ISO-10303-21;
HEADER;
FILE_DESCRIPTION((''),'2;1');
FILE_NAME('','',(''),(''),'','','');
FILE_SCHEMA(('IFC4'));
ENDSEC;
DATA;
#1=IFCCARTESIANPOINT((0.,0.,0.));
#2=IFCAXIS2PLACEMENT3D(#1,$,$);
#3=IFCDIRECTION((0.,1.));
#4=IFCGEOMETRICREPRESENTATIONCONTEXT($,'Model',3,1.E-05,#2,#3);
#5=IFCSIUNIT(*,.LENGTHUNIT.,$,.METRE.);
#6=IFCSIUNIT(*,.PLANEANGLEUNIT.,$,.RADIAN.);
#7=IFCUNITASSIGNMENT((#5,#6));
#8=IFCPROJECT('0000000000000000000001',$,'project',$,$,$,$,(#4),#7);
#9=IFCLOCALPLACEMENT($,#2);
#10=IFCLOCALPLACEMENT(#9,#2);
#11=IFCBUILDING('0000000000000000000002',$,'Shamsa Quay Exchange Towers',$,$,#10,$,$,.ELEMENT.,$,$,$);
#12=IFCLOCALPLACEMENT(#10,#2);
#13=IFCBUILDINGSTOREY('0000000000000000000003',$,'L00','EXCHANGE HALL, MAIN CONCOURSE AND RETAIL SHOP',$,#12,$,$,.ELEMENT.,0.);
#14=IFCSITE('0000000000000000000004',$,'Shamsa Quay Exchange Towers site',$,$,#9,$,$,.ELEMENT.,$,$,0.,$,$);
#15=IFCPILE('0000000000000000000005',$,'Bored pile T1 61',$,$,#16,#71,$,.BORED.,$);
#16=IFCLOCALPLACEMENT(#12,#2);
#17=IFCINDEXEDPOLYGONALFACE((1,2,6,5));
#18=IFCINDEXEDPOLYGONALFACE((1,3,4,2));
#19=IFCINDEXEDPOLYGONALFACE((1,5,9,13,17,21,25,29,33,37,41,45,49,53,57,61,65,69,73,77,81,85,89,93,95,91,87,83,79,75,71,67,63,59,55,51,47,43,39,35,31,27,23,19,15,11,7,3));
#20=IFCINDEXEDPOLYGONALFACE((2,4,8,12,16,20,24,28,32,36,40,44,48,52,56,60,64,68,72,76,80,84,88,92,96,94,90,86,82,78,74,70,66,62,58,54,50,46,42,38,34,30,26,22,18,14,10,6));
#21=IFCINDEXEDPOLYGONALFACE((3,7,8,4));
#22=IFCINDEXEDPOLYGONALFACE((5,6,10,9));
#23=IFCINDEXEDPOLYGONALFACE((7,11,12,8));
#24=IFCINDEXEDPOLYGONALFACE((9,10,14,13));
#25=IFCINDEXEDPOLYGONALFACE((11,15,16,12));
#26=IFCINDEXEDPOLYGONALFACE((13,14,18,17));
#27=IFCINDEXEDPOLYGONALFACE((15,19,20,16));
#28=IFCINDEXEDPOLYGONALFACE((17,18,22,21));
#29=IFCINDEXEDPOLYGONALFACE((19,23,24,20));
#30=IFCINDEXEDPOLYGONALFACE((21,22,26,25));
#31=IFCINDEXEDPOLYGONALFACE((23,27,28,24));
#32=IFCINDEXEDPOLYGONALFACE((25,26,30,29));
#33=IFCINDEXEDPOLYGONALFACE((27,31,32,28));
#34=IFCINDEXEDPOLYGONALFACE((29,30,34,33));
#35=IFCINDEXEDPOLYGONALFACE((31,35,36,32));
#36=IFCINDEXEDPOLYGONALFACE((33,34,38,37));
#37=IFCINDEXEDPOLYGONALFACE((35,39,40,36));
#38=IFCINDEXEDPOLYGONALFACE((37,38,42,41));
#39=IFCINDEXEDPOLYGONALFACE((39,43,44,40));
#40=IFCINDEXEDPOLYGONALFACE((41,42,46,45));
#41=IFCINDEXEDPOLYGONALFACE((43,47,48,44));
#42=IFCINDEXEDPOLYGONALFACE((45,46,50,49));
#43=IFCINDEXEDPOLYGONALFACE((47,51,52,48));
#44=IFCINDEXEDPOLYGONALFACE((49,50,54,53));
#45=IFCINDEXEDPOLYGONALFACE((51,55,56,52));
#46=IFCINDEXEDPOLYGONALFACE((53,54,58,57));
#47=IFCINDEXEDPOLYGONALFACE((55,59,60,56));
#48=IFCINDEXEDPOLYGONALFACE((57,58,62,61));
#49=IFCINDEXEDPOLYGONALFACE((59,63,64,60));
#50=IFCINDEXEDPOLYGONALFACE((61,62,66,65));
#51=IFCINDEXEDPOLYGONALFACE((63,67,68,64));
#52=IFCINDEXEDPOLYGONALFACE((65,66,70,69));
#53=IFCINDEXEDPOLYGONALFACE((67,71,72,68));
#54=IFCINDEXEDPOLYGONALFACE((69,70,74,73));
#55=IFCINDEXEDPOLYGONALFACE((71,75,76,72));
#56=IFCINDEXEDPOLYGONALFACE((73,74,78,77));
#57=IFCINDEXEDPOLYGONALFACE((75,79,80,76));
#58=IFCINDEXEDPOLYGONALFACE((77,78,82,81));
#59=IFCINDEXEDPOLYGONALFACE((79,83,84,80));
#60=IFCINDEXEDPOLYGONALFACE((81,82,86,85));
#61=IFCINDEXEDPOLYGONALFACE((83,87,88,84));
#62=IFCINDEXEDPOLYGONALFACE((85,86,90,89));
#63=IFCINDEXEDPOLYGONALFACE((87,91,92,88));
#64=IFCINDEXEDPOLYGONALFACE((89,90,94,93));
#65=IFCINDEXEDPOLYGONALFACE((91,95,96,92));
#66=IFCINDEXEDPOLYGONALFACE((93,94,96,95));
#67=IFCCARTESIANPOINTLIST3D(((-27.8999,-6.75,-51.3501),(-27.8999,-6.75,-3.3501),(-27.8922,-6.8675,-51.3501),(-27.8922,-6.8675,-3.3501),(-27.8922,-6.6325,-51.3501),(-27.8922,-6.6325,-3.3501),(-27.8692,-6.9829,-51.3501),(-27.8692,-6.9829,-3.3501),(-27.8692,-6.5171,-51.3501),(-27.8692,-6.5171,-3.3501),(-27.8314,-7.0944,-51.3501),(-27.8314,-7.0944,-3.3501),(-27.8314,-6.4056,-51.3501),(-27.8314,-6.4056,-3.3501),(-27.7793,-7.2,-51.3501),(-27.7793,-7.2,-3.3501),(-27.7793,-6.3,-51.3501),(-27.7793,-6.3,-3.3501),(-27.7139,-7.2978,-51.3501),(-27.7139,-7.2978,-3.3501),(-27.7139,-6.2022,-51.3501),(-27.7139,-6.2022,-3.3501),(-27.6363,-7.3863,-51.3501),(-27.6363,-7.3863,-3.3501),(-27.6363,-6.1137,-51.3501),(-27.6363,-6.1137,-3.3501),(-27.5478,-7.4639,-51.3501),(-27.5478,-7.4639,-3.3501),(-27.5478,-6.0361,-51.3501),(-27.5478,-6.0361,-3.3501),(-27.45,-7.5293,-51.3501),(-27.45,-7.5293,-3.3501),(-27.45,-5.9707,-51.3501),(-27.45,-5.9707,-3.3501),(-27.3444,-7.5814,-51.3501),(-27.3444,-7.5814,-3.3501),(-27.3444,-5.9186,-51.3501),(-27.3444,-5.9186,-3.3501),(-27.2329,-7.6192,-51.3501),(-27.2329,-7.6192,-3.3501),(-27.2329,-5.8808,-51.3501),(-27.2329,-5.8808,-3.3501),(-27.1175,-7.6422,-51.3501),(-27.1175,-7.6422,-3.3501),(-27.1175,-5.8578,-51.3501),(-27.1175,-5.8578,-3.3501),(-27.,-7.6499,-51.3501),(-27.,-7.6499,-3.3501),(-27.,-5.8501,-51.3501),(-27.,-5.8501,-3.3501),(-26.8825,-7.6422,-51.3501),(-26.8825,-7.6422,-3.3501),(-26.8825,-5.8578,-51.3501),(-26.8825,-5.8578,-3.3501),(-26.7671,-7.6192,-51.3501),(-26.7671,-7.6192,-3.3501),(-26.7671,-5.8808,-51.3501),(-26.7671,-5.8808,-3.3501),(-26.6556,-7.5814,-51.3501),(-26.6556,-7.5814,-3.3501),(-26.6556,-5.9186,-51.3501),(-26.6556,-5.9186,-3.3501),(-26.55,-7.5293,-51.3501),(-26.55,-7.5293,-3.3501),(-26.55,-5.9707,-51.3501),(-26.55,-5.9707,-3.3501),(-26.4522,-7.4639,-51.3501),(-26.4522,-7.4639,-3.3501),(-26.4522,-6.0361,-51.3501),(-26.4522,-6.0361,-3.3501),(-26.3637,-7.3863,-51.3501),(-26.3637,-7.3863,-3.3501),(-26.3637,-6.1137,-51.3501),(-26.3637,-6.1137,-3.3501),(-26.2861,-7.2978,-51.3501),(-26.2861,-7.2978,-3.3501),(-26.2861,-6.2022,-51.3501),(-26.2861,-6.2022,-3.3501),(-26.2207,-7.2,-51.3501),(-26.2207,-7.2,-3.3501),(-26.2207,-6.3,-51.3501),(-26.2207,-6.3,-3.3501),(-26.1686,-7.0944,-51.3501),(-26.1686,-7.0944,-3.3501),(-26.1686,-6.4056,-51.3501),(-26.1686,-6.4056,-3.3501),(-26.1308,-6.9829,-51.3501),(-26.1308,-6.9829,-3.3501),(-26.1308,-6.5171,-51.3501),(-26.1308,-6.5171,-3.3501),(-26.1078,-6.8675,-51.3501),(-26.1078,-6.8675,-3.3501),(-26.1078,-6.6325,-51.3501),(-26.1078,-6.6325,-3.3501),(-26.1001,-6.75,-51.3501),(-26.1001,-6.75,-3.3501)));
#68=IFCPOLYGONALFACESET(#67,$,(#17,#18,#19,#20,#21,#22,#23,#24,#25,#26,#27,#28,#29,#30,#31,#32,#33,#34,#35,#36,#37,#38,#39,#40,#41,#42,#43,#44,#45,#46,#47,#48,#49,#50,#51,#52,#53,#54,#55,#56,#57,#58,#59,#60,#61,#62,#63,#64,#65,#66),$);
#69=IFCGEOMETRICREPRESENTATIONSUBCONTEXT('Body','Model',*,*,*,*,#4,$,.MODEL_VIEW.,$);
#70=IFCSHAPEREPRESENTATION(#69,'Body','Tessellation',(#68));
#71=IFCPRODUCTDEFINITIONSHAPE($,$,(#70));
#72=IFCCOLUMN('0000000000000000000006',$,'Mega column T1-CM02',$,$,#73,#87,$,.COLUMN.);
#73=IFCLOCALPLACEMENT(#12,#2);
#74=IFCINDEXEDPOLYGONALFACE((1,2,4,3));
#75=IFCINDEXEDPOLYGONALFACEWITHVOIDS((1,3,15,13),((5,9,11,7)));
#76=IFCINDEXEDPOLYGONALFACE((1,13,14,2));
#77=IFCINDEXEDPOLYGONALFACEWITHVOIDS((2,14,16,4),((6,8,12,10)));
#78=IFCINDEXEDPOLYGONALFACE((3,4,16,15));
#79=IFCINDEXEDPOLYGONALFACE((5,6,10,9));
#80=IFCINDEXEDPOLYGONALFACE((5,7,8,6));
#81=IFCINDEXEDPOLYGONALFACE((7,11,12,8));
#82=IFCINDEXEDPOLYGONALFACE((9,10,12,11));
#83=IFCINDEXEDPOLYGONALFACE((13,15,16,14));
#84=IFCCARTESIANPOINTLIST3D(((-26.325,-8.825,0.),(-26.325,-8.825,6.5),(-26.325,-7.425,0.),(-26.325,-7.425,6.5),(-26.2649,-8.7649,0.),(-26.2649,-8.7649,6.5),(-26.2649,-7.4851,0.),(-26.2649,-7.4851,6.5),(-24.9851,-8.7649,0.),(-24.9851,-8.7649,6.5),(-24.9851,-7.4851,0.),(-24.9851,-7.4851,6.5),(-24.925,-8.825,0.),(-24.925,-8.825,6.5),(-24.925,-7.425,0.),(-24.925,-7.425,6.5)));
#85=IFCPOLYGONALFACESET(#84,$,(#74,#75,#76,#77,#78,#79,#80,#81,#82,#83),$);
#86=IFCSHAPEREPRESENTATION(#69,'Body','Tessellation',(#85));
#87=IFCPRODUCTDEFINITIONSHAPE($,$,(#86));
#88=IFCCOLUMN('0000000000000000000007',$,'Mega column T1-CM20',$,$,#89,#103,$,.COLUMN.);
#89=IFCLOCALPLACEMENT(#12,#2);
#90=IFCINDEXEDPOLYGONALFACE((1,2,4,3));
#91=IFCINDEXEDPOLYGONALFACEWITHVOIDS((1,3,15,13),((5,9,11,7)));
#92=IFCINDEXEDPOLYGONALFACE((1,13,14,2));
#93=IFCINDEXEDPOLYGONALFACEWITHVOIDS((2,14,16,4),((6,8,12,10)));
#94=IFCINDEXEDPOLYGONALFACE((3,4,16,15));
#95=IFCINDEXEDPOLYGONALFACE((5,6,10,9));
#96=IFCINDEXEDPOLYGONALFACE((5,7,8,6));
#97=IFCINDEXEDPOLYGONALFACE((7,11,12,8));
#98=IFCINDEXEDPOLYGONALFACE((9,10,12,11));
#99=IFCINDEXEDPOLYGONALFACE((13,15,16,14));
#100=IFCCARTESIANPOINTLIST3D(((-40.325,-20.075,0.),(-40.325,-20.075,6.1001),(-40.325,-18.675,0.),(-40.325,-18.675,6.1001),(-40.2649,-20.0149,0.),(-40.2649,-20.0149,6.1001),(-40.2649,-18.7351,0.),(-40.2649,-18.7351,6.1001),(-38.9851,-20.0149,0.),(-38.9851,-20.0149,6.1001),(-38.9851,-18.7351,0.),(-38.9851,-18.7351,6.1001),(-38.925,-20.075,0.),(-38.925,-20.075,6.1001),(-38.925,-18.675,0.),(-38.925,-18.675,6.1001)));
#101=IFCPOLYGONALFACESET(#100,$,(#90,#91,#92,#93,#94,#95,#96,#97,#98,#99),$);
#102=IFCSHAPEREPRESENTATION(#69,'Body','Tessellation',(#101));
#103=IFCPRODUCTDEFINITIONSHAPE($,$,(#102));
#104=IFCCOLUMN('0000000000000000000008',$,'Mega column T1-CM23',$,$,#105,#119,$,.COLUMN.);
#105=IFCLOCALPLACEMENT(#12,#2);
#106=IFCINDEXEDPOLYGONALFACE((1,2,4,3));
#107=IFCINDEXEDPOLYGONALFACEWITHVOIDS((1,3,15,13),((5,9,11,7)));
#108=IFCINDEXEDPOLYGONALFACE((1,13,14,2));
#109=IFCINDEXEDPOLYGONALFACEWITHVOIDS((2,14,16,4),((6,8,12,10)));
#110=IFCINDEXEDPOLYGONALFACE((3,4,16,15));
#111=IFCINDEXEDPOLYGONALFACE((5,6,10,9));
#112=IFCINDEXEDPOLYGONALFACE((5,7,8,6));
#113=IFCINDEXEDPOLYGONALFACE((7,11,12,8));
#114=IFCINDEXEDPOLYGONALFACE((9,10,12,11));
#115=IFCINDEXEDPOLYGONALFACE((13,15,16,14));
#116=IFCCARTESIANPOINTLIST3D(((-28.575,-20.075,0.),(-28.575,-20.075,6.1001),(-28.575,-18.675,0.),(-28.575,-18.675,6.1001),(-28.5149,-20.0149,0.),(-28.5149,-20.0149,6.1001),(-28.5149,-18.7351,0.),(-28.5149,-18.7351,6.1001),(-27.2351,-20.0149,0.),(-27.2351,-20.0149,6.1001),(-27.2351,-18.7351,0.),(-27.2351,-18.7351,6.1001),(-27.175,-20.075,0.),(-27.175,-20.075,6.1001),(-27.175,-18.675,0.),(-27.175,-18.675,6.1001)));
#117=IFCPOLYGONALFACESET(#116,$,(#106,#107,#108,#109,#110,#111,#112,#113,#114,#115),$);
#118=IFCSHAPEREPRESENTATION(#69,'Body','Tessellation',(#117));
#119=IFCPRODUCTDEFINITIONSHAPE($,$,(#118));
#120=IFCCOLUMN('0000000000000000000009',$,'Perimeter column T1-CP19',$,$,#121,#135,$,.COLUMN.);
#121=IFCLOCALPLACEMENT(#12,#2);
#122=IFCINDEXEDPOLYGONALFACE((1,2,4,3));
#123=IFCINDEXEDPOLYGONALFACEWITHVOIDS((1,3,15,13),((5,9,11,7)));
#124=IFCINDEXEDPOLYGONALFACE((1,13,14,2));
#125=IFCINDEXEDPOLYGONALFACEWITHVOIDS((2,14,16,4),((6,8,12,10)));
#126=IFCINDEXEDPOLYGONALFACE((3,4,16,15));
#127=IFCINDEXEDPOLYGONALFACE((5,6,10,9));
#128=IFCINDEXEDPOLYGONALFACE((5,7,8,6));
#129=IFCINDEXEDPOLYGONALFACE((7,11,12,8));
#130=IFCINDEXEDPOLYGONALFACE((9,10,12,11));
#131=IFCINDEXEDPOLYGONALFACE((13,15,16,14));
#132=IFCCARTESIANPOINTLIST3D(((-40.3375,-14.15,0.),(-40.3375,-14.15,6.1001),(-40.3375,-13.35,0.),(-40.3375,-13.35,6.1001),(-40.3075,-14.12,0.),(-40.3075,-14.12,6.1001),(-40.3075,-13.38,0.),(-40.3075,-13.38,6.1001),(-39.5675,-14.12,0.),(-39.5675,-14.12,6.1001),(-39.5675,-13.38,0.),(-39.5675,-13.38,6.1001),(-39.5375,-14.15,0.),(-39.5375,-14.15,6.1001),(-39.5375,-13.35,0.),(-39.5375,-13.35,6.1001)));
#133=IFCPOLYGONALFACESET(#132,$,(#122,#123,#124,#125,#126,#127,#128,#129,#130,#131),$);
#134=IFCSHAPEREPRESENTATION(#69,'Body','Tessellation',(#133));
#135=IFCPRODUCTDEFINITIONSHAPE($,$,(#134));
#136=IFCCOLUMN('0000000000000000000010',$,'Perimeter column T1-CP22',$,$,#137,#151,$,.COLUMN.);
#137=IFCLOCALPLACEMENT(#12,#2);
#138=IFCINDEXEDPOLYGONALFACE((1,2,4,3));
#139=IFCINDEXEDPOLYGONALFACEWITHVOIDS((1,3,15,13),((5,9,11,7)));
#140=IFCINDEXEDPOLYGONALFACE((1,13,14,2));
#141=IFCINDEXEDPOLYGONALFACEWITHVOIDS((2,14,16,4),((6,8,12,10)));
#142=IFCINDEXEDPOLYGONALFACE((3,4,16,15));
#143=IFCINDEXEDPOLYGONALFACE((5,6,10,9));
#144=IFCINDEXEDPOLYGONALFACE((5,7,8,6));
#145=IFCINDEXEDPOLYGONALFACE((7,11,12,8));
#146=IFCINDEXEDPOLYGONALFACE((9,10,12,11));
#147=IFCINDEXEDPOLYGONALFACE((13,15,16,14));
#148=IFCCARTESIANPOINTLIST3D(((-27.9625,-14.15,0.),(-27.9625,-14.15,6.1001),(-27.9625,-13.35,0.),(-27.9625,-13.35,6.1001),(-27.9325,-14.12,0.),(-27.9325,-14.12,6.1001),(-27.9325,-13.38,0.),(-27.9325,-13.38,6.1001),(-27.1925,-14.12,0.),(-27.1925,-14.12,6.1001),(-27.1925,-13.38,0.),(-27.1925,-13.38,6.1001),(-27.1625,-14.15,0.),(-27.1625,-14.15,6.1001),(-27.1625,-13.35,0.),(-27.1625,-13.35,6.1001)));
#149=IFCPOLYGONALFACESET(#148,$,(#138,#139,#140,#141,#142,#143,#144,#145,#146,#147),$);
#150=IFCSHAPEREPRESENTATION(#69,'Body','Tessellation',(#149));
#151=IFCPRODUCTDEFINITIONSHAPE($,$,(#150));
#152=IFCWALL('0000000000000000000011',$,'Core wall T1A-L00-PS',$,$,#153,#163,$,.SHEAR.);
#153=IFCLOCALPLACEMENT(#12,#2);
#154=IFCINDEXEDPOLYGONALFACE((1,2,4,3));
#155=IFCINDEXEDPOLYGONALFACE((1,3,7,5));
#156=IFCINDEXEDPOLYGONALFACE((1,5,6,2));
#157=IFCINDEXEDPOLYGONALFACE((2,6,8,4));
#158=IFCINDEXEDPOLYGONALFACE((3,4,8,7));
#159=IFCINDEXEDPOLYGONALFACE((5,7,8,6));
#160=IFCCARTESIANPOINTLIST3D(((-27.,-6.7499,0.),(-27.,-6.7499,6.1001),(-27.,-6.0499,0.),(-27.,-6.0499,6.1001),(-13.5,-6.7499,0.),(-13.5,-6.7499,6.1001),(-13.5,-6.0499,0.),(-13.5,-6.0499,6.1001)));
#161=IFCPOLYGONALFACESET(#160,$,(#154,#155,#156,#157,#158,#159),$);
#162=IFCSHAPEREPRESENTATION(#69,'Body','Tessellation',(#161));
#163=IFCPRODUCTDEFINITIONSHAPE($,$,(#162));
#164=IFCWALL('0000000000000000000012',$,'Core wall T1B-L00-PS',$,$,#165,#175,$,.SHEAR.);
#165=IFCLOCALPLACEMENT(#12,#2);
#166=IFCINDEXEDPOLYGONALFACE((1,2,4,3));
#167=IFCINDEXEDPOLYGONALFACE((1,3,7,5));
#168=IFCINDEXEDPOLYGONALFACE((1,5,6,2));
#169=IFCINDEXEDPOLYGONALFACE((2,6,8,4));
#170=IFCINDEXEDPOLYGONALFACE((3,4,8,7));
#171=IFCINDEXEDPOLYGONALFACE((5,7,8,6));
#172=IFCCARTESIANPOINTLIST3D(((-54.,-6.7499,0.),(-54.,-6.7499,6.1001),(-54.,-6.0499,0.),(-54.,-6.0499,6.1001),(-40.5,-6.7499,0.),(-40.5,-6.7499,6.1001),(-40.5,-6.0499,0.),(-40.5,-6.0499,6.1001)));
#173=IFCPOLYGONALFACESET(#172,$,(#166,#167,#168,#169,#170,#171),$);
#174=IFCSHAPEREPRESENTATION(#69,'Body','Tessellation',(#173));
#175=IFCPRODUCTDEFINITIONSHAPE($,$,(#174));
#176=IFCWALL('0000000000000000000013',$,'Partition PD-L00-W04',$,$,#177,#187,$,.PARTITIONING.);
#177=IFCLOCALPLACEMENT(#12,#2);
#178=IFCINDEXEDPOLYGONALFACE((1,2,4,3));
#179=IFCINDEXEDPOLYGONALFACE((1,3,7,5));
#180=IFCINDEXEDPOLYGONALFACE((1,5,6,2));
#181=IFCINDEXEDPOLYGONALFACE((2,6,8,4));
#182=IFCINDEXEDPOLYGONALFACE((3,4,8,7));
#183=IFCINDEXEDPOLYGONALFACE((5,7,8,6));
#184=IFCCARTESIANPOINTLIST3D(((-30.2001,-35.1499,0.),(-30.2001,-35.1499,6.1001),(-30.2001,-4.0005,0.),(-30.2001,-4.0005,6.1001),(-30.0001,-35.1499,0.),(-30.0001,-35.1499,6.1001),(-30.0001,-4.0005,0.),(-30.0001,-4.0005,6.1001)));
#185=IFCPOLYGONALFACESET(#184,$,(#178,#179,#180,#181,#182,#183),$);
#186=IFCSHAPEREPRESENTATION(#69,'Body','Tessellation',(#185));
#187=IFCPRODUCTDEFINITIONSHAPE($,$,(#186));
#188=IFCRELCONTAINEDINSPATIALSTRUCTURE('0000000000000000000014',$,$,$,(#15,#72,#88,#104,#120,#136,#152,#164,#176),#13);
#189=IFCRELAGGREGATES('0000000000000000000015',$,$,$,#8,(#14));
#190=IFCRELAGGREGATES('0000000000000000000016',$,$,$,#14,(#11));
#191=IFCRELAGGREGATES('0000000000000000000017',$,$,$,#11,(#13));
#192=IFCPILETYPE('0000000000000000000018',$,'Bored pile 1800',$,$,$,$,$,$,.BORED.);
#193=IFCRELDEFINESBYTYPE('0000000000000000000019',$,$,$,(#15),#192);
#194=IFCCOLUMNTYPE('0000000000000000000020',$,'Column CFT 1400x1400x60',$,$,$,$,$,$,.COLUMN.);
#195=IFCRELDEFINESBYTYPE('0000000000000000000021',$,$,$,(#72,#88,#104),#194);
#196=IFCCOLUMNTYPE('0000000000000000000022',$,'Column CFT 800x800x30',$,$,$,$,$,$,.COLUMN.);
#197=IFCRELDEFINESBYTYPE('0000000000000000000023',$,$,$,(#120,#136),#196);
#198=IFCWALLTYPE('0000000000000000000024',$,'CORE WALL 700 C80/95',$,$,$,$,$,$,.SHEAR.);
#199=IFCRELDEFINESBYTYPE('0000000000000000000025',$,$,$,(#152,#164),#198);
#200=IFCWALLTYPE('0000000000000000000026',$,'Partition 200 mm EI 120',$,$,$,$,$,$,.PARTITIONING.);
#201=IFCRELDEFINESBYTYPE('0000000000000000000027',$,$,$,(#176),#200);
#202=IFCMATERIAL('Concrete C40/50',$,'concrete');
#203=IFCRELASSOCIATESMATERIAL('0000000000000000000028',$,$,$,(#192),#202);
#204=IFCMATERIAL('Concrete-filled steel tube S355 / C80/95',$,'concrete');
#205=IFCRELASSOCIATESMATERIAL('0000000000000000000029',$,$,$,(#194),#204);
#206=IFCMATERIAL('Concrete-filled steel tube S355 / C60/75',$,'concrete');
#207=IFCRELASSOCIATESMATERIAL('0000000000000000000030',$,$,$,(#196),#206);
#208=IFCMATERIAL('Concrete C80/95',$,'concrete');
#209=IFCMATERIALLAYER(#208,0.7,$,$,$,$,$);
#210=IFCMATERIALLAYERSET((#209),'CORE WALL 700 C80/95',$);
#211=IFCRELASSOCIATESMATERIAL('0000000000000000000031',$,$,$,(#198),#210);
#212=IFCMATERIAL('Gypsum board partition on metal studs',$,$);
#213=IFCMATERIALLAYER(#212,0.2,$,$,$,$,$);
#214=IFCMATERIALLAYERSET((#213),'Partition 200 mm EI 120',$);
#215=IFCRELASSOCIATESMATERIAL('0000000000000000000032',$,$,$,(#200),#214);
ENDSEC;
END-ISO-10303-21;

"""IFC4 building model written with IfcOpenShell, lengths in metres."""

from ifc_helpers import new_model, si_unit, direction, frame, frame_2d, origin, origin_2d, place, context, subcontext, project, spatial, rectangle, hollow_rectangle, circle, extrude, material, layer, layer_set, material_profile, profile_set, type_object, element, save


model = new_model("IFC4")

# Units and contexts
model_context = context("Model", 3, precision=1e-05, world=origin(), true_north=direction((0.0, 1.0)))
body_context = subcontext(model_context, "Body", "Model", "MODEL_VIEW")
ifc_project = project(units=[si_unit("LENGTHUNIT", "METRE"), si_unit("PLANEANGLEUNIT", "RADIAN")], contexts=[model_context])

# Site, building, storey
site_placement = place(None, origin())
site = spatial("IfcSite", under=ifc_project, at=site_placement, Name="Shamsa Quay Exchange Towers site", CompositionType="ELEMENT", RefElevation=0.0)
building_placement = place(site_placement, origin())
building = spatial("IfcBuilding", under=site, at=building_placement, Name="Shamsa Quay Exchange Towers", CompositionType="ELEMENT")
storey_placement = place(building_placement, origin())
storey = spatial("IfcBuildingStorey", under=building, at=storey_placement, Name="L00", Description="EXCHANGE HALL, MAIN CONCOURSE AND RETAIL SHOP", CompositionType="ELEMENT", Elevation=0.0)

# Pile
ifc_material_1 = material(Name="Concrete C40/50", Category="concrete")
ifc_material_profile_1 = material_profile(ifc_material_1, circle(Radius=0.8999, at=origin_2d()), Name="BP1800")
ifc_profile_set_1 = profile_set([ifc_material_profile_1], Name="Concrete C40/50")
pile_type_1 = type_object("IfcPileType", Name="Bored pile 1800", PredefinedType="BORED", material=ifc_profile_set_1)
for number, where, z_axis, x_axis, name in (
    (1, (-27.0, -6.75, -3.3501), (0.0, 0.0, -1.0), (1.0, 0.0, 0.0), "Bored pile T1 61"),
):
    element("IfcPile", number, at=place(storey_placement, frame(where, z_axis=z_axis, x_axis=x_axis)), inside=storey, type_object=pile_type_1, Name=name, PredefinedType="BORED", context=body_context, shape_type="SweptSolid", body=[
        extrude(circle(Radius=0.8999, at=origin_2d()), origin(), (0.0, 0.0, 1.0), 48.0),
    ])

# Columns
ifc_material_2 = material(Name="Concrete-filled steel tube S355 / C80/95", Category="concrete")
ifc_material_profile_2 = material_profile(ifc_material_2, hollow_rectangle(XDim=1.3999, YDim=1.3999, WallThickness=0.0601, at=origin_2d()), Name="CFT 1400x1400x60")
ifc_profile_set_2 = profile_set([ifc_material_profile_2], Name="Concrete-filled steel tube S355 / C80/95")
column_type_1 = type_object("IfcColumnType", Name="Column CFT 1400x1400x60", PredefinedType="COLUMN", material=ifc_profile_set_2)
column_placement = place(storey_placement, frame((-25.625, -8.125, 0.0)))
element("IfcColumn", 2, at=column_placement, inside=storey, type_object=column_type_1, Name="Mega column T1-CM02", PredefinedType="COLUMN", context=body_context, shape_type="SweptSolid", body=[
    extrude(hollow_rectangle(XDim=1.3999, YDim=1.3999, WallThickness=0.0601, at=origin_2d()), origin(), (0.0, 0.0, 1.0), 6.5),
])
for number, where, name in (
    (3, (-39.625, -19.375, 0.0), "Mega column T1-CM20"),
    (4, (-27.875, -19.375, 0.0), "Mega column T1-CM23"),
):
    element("IfcColumn", number, at=place(storey_placement, frame(where)), inside=storey, type_object=column_type_1, Name=name, PredefinedType="COLUMN", context=body_context, shape_type="SweptSolid", body=[
        extrude(hollow_rectangle(XDim=1.3999, YDim=1.3999, WallThickness=0.0601, at=origin_2d()), origin(), (0.0, 0.0, 1.0), 6.1001),
    ])
ifc_material_3 = material(Name="Concrete-filled steel tube S355 / C60/75", Category="concrete")
ifc_material_profile_3 = material_profile(ifc_material_3, hollow_rectangle(XDim=0.8, YDim=0.8, WallThickness=0.03, at=origin_2d()), Name="CFT 800x800x30")
ifc_profile_set_3 = profile_set([ifc_material_profile_3], Name="Concrete-filled steel tube S355 / C60/75")
column_type_2 = type_object("IfcColumnType", Name="Column CFT 800x800x30", PredefinedType="COLUMN", material=ifc_profile_set_3)
for number, where, name in (
    (5, (-39.9375, -13.75, 0.0), "Perimeter column T1-CP19"),
    (6, (-27.5625, -13.75, 0.0), "Perimeter column T1-CP22"),
):
    element("IfcColumn", number, at=place(storey_placement, frame(where)), inside=storey, type_object=column_type_2, Name=name, PredefinedType="COLUMN", context=body_context, shape_type="SweptSolid", body=[
        extrude(hollow_rectangle(XDim=0.8, YDim=0.8, WallThickness=0.03, at=origin_2d()), origin(), (0.0, 0.0, 1.0), 6.1001),
    ])

# Wall
ifc_material_4 = material(Name="Concrete C80/95", Category="concrete")
ifc_layer_1 = layer(ifc_material_4, 0.7)
ifc_layer_set_1 = layer_set([ifc_layer_1], Name="CORE WALL 700 C80/95")
wall_type_1 = type_object("IfcWallType", Name="CORE WALL 700 C80/95", PredefinedType="SHEAR", material=ifc_layer_set_1)
wall_1_placement = place(storey_placement, frame((-27.0, -6.3999, 0.0)))
element("IfcWall", 7, at=wall_1_placement, inside=storey, type_object=wall_type_1, Name="Core wall T1A-L00-PS", PredefinedType="SHEAR", context=body_context, shape_type="SweptSolid", body=[
    extrude(rectangle(XDim=13.5, YDim=0.7, at=frame_2d((6.75, 0.0))), origin(), (0.0, 0.0, 1.0), 6.1001),
])

# Walls
wall_2_placement = place(storey_placement, frame((-40.5, -6.3999, 0.0), z_axis=(0.0, 0.0, 1.0), x_axis=(-1.0, 0.0, 0.0)))
element("IfcWall", 8, at=wall_2_placement, inside=storey, type_object=wall_type_1, Name="Core wall T1B-L00-PS", PredefinedType="SHEAR", context=body_context, shape_type="SweptSolid", body=[
    extrude(rectangle(XDim=13.5, YDim=0.7, at=frame_2d((6.75, 0.0))), origin(), (0.0, 0.0, 1.0), 6.1001),
])
ifc_material_5 = material(Name="Gypsum board partition on metal studs")
ifc_layer_2 = layer(ifc_material_5, 0.2)
ifc_layer_set_2 = layer_set([ifc_layer_2], Name="Partition 200 mm EI 120")
wall_type_2 = type_object("IfcWallType", Name="Partition 200 mm EI 120", PredefinedType="PARTITIONING", material=ifc_layer_set_2)
wall_3_placement = place(storey_placement, frame((-30.1001, -4.0005, 0.0), z_axis=(0.0, 0.0, 1.0), x_axis=(0.0, -1.0, 0.0)))
element("IfcWall", 9, at=wall_3_placement, inside=storey, type_object=wall_type_2, Name="Partition PD-L00-W04", PredefinedType="PARTITIONING", context=body_context, shape_type="SweptSolid", body=[
    extrude(rectangle(XDim=31.1494, YDim=0.2, at=frame_2d((15.5747, 0.0))), origin(), (0.0, 0.0, 1.0), 6.1001),
])

save(model, "model.ifc")
